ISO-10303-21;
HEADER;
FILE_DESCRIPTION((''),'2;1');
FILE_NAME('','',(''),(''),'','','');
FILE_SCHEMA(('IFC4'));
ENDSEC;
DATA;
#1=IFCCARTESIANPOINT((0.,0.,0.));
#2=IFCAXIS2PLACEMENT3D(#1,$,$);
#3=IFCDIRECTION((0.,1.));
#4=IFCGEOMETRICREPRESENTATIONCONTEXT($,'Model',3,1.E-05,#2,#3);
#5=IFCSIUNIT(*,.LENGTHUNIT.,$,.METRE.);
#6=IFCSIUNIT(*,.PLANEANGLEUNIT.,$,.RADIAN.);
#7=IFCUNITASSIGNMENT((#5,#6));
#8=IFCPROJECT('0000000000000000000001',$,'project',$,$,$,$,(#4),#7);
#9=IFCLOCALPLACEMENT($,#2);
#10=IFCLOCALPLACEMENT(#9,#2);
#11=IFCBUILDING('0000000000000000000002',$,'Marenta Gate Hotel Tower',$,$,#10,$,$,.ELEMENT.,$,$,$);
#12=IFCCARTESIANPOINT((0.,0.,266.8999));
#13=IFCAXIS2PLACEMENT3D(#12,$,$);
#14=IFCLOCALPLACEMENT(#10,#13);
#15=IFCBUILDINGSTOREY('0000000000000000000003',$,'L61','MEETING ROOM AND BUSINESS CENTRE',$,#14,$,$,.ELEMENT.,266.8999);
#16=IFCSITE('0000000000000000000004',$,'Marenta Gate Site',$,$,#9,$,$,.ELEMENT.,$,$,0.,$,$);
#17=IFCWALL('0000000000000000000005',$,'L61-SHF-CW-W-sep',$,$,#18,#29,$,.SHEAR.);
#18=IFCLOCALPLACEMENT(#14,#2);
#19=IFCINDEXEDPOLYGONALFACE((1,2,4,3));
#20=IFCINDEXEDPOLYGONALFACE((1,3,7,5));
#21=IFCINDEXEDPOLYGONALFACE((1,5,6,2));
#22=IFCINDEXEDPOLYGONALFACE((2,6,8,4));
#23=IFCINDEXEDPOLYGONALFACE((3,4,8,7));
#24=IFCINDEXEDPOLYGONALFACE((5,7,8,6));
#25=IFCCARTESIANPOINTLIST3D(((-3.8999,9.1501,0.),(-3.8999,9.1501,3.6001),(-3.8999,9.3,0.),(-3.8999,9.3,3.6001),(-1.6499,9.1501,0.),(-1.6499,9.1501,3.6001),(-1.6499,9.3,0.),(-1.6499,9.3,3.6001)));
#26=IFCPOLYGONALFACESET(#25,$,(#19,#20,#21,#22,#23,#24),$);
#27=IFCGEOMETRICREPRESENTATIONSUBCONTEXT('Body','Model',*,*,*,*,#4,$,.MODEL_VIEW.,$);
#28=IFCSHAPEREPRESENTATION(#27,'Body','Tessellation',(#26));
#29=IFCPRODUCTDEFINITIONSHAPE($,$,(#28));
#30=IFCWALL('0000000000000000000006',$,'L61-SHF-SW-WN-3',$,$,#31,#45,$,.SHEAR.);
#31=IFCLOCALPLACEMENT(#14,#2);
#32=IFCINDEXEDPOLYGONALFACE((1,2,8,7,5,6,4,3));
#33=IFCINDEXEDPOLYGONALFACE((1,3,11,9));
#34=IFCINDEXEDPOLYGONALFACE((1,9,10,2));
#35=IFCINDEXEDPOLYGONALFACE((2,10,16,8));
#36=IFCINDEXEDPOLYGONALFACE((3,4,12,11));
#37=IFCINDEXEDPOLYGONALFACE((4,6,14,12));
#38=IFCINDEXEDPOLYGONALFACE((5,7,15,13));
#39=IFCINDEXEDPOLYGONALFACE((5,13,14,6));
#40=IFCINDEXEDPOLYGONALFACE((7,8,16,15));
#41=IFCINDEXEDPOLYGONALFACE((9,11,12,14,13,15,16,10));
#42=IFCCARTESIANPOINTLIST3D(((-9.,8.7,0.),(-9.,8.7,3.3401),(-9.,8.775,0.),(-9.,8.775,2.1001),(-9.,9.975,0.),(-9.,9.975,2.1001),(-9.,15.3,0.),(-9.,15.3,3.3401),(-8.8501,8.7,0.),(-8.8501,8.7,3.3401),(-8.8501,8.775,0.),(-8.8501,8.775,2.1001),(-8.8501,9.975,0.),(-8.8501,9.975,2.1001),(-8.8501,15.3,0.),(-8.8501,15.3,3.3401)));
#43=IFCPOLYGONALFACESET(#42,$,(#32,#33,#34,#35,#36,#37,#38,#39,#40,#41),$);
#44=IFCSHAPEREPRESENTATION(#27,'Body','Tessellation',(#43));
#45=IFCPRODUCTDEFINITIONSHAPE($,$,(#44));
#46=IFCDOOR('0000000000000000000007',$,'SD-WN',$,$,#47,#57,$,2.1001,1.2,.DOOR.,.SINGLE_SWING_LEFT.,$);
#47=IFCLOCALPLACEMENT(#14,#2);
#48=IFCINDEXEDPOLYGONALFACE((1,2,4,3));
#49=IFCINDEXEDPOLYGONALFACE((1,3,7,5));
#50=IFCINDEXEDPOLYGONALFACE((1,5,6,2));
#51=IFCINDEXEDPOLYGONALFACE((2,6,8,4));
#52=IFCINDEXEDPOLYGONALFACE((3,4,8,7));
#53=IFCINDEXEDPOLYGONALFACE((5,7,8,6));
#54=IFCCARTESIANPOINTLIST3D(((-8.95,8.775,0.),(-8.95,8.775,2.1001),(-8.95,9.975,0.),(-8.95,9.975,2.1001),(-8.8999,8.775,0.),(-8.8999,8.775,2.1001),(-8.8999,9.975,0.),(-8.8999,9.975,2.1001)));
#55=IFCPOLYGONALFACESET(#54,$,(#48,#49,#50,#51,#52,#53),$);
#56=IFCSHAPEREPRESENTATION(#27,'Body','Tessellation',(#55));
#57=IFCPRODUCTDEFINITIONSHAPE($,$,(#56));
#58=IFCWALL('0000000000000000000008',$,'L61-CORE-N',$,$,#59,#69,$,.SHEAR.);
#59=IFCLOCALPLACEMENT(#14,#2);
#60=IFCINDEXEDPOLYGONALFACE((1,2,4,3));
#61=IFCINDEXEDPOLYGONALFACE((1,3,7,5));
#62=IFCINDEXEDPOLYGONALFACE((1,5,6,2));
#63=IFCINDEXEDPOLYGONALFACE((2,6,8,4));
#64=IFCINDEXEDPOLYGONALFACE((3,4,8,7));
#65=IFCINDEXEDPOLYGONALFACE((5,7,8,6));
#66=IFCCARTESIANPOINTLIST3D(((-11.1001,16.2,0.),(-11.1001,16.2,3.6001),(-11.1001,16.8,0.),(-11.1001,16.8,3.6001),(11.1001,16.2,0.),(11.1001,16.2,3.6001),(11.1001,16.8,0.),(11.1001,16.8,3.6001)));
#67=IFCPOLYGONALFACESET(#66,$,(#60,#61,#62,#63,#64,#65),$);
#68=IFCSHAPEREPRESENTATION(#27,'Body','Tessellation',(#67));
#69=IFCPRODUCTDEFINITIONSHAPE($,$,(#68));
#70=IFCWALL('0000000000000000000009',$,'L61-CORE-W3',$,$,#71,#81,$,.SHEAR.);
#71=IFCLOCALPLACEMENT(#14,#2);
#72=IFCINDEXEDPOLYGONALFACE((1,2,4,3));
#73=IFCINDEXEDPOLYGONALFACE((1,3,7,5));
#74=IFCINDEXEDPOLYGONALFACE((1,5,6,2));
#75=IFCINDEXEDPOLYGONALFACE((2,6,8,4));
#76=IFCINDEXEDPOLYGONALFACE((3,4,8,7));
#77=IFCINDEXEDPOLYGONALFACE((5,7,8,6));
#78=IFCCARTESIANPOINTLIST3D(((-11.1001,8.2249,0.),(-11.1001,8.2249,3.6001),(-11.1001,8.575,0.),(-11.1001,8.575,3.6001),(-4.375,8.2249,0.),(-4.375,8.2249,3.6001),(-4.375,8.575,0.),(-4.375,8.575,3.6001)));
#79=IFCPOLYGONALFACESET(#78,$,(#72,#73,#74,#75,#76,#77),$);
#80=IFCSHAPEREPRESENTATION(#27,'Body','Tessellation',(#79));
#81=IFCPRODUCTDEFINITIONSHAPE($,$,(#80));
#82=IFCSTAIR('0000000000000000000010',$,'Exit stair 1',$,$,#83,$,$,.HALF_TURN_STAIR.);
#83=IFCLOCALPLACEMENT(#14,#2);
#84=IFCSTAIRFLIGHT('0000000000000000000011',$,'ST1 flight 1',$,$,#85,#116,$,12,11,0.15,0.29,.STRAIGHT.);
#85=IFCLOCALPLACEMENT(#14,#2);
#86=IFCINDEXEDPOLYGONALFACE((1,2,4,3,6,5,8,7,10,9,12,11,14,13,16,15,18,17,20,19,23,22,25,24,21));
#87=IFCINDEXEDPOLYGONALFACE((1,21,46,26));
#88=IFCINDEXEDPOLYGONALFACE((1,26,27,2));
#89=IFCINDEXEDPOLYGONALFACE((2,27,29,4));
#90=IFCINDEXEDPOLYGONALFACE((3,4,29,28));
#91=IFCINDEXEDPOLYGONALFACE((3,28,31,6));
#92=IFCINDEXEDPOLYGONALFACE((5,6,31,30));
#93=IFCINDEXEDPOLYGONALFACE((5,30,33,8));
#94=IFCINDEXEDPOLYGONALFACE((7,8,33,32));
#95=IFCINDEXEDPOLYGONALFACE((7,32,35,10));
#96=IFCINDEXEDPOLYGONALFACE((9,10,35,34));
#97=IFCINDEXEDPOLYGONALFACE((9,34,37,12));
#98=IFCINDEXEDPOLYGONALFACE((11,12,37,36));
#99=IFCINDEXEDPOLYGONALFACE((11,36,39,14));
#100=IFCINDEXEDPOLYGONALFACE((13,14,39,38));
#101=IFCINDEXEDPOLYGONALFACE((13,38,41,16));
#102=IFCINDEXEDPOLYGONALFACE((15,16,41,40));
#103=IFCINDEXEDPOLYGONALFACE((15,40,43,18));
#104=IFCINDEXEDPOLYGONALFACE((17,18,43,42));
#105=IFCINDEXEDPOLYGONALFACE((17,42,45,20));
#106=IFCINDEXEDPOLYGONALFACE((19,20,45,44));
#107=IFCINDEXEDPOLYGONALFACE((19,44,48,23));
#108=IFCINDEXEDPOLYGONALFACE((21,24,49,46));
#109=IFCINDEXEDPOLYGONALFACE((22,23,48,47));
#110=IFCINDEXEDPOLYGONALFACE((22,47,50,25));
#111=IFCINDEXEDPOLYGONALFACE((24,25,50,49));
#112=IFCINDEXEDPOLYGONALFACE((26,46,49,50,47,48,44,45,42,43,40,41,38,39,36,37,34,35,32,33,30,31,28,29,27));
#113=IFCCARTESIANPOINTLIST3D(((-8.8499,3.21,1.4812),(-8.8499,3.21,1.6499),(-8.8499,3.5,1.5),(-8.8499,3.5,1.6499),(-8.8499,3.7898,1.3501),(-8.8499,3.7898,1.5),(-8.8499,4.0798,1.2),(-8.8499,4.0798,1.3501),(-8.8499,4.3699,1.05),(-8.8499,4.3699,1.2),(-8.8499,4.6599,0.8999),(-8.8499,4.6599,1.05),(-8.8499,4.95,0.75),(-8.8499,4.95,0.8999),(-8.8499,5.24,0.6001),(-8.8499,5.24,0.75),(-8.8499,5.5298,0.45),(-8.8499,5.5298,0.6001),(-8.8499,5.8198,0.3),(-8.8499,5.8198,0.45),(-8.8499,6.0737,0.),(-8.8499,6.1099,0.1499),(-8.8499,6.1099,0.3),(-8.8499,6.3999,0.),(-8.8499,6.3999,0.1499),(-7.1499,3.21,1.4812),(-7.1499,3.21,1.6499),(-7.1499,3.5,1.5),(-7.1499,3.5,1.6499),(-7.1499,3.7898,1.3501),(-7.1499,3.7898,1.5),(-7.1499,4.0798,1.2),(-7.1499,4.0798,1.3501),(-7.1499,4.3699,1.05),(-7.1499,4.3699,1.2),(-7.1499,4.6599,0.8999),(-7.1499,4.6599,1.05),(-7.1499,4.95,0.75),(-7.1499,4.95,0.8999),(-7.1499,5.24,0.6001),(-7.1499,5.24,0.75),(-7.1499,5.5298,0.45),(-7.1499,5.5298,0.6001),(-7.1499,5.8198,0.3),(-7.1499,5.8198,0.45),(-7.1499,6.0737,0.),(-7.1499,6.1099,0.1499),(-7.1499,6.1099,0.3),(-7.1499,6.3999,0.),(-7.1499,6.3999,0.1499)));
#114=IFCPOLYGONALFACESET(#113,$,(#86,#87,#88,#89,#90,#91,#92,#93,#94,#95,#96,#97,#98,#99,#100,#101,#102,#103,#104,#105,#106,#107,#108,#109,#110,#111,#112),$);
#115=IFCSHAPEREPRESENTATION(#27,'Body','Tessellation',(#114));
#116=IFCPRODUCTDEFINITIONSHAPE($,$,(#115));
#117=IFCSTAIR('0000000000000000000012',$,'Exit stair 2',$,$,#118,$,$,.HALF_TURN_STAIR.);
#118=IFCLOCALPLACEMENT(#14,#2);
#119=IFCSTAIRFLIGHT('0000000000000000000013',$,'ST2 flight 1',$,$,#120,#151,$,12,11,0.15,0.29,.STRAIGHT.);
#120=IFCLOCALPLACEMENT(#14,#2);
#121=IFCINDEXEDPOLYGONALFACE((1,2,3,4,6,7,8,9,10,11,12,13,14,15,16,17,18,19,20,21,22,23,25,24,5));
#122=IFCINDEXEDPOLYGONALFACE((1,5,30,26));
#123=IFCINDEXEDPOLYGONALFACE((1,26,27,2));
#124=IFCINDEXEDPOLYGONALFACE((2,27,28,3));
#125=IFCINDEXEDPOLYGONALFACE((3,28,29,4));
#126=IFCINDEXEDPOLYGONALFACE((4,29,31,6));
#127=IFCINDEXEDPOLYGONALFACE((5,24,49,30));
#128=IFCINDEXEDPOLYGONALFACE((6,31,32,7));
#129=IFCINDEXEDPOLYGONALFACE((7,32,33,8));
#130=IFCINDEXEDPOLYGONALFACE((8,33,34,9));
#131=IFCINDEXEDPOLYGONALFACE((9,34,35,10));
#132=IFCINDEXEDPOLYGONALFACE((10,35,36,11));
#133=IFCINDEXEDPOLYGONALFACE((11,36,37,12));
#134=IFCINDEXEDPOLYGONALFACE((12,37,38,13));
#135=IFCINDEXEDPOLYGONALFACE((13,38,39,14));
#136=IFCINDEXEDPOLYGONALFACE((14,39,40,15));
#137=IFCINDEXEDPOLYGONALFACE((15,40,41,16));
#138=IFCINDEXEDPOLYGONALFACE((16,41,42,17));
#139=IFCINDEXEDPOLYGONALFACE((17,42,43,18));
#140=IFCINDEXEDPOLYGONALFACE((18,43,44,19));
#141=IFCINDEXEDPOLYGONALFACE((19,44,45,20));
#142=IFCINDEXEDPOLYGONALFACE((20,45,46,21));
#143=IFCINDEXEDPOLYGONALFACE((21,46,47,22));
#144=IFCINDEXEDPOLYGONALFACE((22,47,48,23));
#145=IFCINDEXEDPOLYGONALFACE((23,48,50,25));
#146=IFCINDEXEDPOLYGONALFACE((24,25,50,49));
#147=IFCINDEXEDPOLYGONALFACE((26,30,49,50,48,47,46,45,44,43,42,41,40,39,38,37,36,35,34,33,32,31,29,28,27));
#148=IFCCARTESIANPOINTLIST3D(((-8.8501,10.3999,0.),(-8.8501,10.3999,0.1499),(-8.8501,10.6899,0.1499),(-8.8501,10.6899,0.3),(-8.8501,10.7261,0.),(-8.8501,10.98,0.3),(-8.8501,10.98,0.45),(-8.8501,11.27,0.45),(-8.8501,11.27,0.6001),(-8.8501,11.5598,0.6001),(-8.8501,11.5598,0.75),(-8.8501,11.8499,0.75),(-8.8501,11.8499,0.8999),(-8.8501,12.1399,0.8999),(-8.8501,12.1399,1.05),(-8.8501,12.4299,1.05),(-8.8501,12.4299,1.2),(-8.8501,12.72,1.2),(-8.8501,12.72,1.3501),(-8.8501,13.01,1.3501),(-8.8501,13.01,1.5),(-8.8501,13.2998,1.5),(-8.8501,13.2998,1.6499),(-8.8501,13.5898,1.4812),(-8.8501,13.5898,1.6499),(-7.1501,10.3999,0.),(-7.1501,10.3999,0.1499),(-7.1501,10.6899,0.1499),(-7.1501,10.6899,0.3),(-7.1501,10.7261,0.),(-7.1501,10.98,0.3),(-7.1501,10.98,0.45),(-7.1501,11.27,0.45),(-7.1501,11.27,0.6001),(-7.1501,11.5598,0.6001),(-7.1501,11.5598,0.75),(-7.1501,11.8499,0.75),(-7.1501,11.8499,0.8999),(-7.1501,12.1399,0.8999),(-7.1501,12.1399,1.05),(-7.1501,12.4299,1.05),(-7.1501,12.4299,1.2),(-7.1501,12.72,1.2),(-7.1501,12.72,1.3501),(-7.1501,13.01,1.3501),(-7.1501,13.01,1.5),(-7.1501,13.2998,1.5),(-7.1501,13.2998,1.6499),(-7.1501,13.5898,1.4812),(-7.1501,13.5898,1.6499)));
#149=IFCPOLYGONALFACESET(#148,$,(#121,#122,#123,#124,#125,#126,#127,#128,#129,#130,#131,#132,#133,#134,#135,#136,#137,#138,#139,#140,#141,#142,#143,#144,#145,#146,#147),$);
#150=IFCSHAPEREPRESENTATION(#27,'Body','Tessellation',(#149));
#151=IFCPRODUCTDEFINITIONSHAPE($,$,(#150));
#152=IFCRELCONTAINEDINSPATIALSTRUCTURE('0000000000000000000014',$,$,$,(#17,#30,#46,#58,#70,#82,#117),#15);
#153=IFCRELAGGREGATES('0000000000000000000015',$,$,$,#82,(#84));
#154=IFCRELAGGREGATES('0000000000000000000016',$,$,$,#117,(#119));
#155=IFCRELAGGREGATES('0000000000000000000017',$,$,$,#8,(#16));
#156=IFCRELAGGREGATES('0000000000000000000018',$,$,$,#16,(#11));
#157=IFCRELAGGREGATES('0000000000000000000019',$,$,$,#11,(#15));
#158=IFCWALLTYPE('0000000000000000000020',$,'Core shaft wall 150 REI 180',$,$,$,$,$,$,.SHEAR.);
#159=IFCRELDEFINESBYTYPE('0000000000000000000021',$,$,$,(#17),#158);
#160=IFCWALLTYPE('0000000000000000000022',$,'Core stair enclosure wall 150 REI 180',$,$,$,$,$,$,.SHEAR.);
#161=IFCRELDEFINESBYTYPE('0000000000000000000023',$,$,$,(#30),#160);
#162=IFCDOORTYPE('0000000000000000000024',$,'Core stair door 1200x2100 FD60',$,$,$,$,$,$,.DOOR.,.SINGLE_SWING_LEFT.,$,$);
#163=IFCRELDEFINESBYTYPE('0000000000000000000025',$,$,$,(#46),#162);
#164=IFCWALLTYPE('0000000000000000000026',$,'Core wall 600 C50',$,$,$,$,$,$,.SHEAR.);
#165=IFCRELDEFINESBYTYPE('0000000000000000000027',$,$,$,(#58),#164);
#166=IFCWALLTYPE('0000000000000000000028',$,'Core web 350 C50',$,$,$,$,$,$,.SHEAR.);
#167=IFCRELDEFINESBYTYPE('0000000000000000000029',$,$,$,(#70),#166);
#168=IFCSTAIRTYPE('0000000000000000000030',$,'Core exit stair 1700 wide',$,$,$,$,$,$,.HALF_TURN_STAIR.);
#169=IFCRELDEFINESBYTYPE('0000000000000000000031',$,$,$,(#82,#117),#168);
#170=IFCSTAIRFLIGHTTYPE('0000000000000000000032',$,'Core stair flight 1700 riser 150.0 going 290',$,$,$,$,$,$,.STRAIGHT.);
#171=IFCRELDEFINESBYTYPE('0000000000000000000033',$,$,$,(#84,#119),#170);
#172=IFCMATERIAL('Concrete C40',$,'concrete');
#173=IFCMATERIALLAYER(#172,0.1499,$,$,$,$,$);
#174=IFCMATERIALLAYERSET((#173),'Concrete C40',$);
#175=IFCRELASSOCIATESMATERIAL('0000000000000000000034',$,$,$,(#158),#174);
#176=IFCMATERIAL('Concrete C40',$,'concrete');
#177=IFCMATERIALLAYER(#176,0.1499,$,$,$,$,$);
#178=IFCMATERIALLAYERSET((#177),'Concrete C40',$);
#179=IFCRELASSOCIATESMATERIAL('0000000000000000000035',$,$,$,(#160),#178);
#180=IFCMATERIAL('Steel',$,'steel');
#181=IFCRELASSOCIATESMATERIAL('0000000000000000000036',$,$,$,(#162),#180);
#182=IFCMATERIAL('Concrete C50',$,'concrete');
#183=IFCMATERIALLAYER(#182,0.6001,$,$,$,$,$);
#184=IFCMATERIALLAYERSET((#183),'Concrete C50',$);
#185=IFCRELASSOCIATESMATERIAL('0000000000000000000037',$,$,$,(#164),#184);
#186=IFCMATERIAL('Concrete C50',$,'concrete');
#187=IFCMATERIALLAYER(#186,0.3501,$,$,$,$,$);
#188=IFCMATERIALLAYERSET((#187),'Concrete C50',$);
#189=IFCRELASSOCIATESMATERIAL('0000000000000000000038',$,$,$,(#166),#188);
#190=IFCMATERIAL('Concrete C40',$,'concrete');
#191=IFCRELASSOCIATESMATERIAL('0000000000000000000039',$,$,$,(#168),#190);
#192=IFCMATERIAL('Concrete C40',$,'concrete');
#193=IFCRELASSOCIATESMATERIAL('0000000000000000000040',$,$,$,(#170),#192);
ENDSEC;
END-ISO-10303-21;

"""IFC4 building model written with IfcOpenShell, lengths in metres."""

from ifc_helpers import new_model, si_unit, direction, frame, frame_2d, origin, place, context, subcontext, project, spatial, polyline, rectangle, outline, extrude, material, layer, layer_set, type_object, element, fill, aggregate, save


model = new_model("IFC4")

# Units and contexts
model_context = context("Model", 3, precision=1e-05, world=origin(), true_north=direction((0.0, 1.0)))
body_context = subcontext(model_context, "Body", "Model", "MODEL_VIEW")
ifc_project = project(units=[si_unit("LENGTHUNIT", "METRE"), si_unit("PLANEANGLEUNIT", "RADIAN")], contexts=[model_context])

# Site, building, storey
site_placement = place(None, origin())
site = spatial("IfcSite", under=ifc_project, at=site_placement, Name="Marenta Gate Site", CompositionType="ELEMENT", RefElevation=0.0)
building_placement = place(site_placement, origin())
building = spatial("IfcBuilding", under=site, at=building_placement, Name="Marenta Gate Hotel Tower", CompositionType="ELEMENT")
storey_placement = place(building_placement, frame((0.0, 0.0, 266.8999)))
storey = spatial("IfcBuildingStorey", under=building, at=storey_placement, Name="L61", Description="MEETING ROOM AND BUSINESS CENTRE", CompositionType="ELEMENT", Elevation=266.8999)

# Wall
ifc_material_1 = material(Name="Concrete C40", Category="concrete")
ifc_layer_1 = layer(ifc_material_1, 0.1499)
ifc_layer_set_1 = layer_set([ifc_layer_1], Name="Concrete C40")
wall_type_1 = type_object("IfcWallType", Name="Core shaft wall 150 REI 180", PredefinedType="SHEAR", material=ifc_layer_set_1)
wall_1_placement = place(storey_placement, frame((-3.8999, 9.2251, 0.0), z_axis=(0.0, 0.0, 1.0), x_axis=(1.0, 0.0, 0.0)))
element("IfcWall", 1, at=wall_1_placement, inside=storey, type_object=wall_type_1, Name="L61-SHF-CW-W-sep", PredefinedType="SHEAR", context=body_context, shape_type="SweptSolid", body=[
    extrude(rectangle(XDim=2.25, YDim=0.1499, at=frame_2d((1.125, 0.0))), origin(), (0.0, 0.0, 1.0), 3.6001),
])

# Wall, opening, door
ifc_material_2 = material(Name="Concrete C40", Category="concrete")
ifc_layer_2 = layer(ifc_material_2, 0.1499)
ifc_layer_set_2 = layer_set([ifc_layer_2], Name="Concrete C40")
wall_type_2 = type_object("IfcWallType", Name="Core stair enclosure wall 150 REI 180", PredefinedType="SHEAR", material=ifc_layer_set_2)
wall_2_placement = place(storey_placement, frame((-8.925, 8.7, 0.0), z_axis=(0.0, 0.0, 1.0), x_axis=(0.0, 1.0, 0.0)))
wall_2 = element("IfcWall", 2, at=wall_2_placement, inside=storey, type_object=wall_type_2, Name="L61-SHF-SW-WN-3", PredefinedType="SHEAR", context=body_context, shape_type="SweptSolid", body=[
    extrude(rectangle(XDim=6.6001, YDim=0.1499, at=frame_2d((3.3, 0.0))), origin(), (0.0, 0.0, 1.0), 3.3401),
])
opening_1_placement = place(wall_2_placement, frame((0.075, 0.0, 0.0)))
opening_1 = element("IfcOpeningElement", 3, at=opening_1_placement, cuts=wall_2, PredefinedType="OPENING", context=body_context, shape_type="SweptSolid", body=[
    extrude(rectangle(XDim=1.2, YDim=2.1001, at=frame_2d((0.6001, 1.05))), frame((0.0, 0.075, 0.0), z_axis=(0.0, -1.0, 0.0), x_axis=(1.0, 0.0, 0.0)), (0.0, 0.0, 1.0), 0.1499),
])
ifc_material_3 = material(Name="Steel", Category="steel")
door_type_1 = type_object("IfcDoorType", Name="Core stair door 1200x2100 FD60", OperationType="SINGLE_SWING_LEFT", PredefinedType="DOOR", material=ifc_material_3)
door_1_placement = place(opening_1_placement, origin())
door_1 = element("IfcDoor", 4, at=door_1_placement, inside=storey, type_object=door_type_1, Name="SD-WN", OperationType="SINGLE_SWING_LEFT", OverallHeight=2.1001, OverallWidth=1.2, PredefinedType="DOOR", context=body_context, shape_type="SweptSolid", body=[
    extrude(rectangle(XDim=1.2, YDim=2.1001, at=frame_2d((0.6001, 1.05))), frame((0.0, 0.0249, 0.0), z_axis=(0.0, -1.0, 0.0), x_axis=(1.0, 0.0, 0.0)), (0.0, 0.0, 1.0), 0.05),
])
fill(opening_1, door_1)

# Walls
ifc_material_4 = material(Name="Concrete C50", Category="concrete")
ifc_layer_3 = layer(ifc_material_4, 0.6001)
ifc_layer_set_3 = layer_set([ifc_layer_3], Name="Concrete C50")
wall_type_3 = type_object("IfcWallType", Name="Core wall 600 C50", PredefinedType="SHEAR", material=ifc_layer_set_3)
wall_3_placement = place(storey_placement, frame((-11.1001, 16.5, 0.0), z_axis=(0.0, 0.0, 1.0), x_axis=(1.0, 0.0, 0.0)))
element("IfcWall", 5, at=wall_3_placement, inside=storey, type_object=wall_type_3, Name="L61-CORE-N", PredefinedType="SHEAR", context=body_context, shape_type="SweptSolid", body=[
    extrude(rectangle(XDim=22.2002, YDim=0.6001, at=frame_2d((11.1001, 0.0))), origin(), (0.0, 0.0, 1.0), 3.6001),
])
ifc_material_5 = material(Name="Concrete C50", Category="concrete")
ifc_layer_4 = layer(ifc_material_5, 0.3501)
ifc_layer_set_4 = layer_set([ifc_layer_4], Name="Concrete C50")
wall_type_4 = type_object("IfcWallType", Name="Core web 350 C50", PredefinedType="SHEAR", material=ifc_layer_set_4)
wall_4_placement = place(storey_placement, frame((-11.1001, 8.3999, 0.0), z_axis=(0.0, 0.0, 1.0), x_axis=(1.0, 0.0, 0.0)))
element("IfcWall", 6, at=wall_4_placement, inside=storey, type_object=wall_type_4, Name="L61-CORE-W3", PredefinedType="SHEAR", context=body_context, shape_type="SweptSolid", body=[
    extrude(rectangle(XDim=6.7251, YDim=0.3501, at=frame_2d((3.3625, 0.0))), origin(), (0.0, 0.0, 1.0), 3.6001),
])

# Stair, stair flight
ifc_material_6 = material(Name="Concrete C40", Category="concrete")
stair_type = type_object("IfcStairType", Name="Core exit stair 1700 wide", PredefinedType="HALF_TURN_STAIR", material=ifc_material_6)
stair_1_placement = place(storey_placement, origin())
stair_1 = element("IfcStair", 7, at=stair_1_placement, inside=storey, type_object=stair_type, Name="Exit stair 1", PredefinedType="HALF_TURN_STAIR")
ifc_material_7 = material(Name="Concrete C40", Category="concrete")
stair_flight_type = type_object("IfcStairFlightType", Name="Core stair flight 1700 riser 150.0 going 290", PredefinedType="STRAIGHT", material=ifc_material_7)
stair_flight_1_placement = place(storey_placement, frame((-8.0, 6.3999, 0.0), z_axis=(0.0, 0.0, 1.0), x_axis=(0.0, -1.0, 0.0)))
stair_flight_1 = element("IfcStairFlight", 8, at=stair_flight_1_placement, type_object=stair_flight_type, Name="ST1 flight 1", NumberOfRisers=12, NumberOfTreads=11, PredefinedType="STRAIGHT", RiserHeight=0.15, TreadLength=0.29, context=body_context, shape_type="SweptSolid", body=[
    extrude(outline(polyline([(0.0, 0.0), (0.0, 0.1499), (0.29, 0.1499), (0.29, 0.3), (0.5801, 0.3), (0.5801, 0.45), (0.8701, 0.45), (0.8701, 0.6001), (1.1599, 0.6001), (1.1599, 0.75), (1.45, 0.75), (1.45, 0.8999), (1.74, 0.8999), (1.74, 1.05), (2.03, 1.05), (2.03, 1.2), (2.3201, 1.2), (2.3201, 1.3501), (2.6101, 1.3501), (2.6101, 1.5), (2.8999, 1.5), (2.8999, 1.6499), (3.1899, 1.6499), (3.1899, 1.8), (3.1899, 1.4812), (0.3262, 0.0), (0.0, 0.0)])), frame((0.0, 0.8501, 0.0), z_axis=(0.0, -1.0, 0.0), x_axis=(1.0, 0.0, 0.0)), (0.0, 0.0, 1.0), 1.7),
])
aggregate(stair_1, [stair_flight_1])

# Stair, stair flight
stair_2_placement = place(storey_placement, origin())
stair_2 = element("IfcStair", 9, at=stair_2_placement, inside=storey, type_object=stair_type, Name="Exit stair 2", PredefinedType="HALF_TURN_STAIR")
stair_flight_2_placement = place(storey_placement, frame((-8.0, 10.3999, 0.0), z_axis=(0.0, 0.0, 1.0), x_axis=(0.0, 1.0, 0.0)))
stair_flight_2 = element("IfcStairFlight", 10, at=stair_flight_2_placement, type_object=stair_flight_type, Name="ST2 flight 1", NumberOfRisers=12, NumberOfTreads=11, PredefinedType="STRAIGHT", RiserHeight=0.15, TreadLength=0.29, context=body_context, shape_type="SweptSolid", body=[
    extrude(outline(polyline([(0.0, 0.0), (0.0, 0.1499), (0.29, 0.1499), (0.29, 0.3), (0.5801, 0.3), (0.5801, 0.45), (0.8701, 0.45), (0.8701, 0.6001), (1.1599, 0.6001), (1.1599, 0.75), (1.45, 0.75), (1.45, 0.8999), (1.74, 0.8999), (1.74, 1.05), (2.03, 1.05), (2.03, 1.2), (2.3201, 1.2), (2.3201, 1.3501), (2.6101, 1.3501), (2.6101, 1.5), (2.8999, 1.5), (2.8999, 1.6499), (3.1899, 1.6499), (3.1899, 1.8), (3.1899, 1.4812), (0.3262, 0.0), (0.0, 0.0)])), frame((0.0, 0.8501, 0.0), z_axis=(0.0, -1.0, 0.0), x_axis=(1.0, 0.0, 0.0)), (0.0, 0.0, 1.0), 1.7),
])
aggregate(stair_2, [stair_flight_2])

save(model, "model.ifc")
